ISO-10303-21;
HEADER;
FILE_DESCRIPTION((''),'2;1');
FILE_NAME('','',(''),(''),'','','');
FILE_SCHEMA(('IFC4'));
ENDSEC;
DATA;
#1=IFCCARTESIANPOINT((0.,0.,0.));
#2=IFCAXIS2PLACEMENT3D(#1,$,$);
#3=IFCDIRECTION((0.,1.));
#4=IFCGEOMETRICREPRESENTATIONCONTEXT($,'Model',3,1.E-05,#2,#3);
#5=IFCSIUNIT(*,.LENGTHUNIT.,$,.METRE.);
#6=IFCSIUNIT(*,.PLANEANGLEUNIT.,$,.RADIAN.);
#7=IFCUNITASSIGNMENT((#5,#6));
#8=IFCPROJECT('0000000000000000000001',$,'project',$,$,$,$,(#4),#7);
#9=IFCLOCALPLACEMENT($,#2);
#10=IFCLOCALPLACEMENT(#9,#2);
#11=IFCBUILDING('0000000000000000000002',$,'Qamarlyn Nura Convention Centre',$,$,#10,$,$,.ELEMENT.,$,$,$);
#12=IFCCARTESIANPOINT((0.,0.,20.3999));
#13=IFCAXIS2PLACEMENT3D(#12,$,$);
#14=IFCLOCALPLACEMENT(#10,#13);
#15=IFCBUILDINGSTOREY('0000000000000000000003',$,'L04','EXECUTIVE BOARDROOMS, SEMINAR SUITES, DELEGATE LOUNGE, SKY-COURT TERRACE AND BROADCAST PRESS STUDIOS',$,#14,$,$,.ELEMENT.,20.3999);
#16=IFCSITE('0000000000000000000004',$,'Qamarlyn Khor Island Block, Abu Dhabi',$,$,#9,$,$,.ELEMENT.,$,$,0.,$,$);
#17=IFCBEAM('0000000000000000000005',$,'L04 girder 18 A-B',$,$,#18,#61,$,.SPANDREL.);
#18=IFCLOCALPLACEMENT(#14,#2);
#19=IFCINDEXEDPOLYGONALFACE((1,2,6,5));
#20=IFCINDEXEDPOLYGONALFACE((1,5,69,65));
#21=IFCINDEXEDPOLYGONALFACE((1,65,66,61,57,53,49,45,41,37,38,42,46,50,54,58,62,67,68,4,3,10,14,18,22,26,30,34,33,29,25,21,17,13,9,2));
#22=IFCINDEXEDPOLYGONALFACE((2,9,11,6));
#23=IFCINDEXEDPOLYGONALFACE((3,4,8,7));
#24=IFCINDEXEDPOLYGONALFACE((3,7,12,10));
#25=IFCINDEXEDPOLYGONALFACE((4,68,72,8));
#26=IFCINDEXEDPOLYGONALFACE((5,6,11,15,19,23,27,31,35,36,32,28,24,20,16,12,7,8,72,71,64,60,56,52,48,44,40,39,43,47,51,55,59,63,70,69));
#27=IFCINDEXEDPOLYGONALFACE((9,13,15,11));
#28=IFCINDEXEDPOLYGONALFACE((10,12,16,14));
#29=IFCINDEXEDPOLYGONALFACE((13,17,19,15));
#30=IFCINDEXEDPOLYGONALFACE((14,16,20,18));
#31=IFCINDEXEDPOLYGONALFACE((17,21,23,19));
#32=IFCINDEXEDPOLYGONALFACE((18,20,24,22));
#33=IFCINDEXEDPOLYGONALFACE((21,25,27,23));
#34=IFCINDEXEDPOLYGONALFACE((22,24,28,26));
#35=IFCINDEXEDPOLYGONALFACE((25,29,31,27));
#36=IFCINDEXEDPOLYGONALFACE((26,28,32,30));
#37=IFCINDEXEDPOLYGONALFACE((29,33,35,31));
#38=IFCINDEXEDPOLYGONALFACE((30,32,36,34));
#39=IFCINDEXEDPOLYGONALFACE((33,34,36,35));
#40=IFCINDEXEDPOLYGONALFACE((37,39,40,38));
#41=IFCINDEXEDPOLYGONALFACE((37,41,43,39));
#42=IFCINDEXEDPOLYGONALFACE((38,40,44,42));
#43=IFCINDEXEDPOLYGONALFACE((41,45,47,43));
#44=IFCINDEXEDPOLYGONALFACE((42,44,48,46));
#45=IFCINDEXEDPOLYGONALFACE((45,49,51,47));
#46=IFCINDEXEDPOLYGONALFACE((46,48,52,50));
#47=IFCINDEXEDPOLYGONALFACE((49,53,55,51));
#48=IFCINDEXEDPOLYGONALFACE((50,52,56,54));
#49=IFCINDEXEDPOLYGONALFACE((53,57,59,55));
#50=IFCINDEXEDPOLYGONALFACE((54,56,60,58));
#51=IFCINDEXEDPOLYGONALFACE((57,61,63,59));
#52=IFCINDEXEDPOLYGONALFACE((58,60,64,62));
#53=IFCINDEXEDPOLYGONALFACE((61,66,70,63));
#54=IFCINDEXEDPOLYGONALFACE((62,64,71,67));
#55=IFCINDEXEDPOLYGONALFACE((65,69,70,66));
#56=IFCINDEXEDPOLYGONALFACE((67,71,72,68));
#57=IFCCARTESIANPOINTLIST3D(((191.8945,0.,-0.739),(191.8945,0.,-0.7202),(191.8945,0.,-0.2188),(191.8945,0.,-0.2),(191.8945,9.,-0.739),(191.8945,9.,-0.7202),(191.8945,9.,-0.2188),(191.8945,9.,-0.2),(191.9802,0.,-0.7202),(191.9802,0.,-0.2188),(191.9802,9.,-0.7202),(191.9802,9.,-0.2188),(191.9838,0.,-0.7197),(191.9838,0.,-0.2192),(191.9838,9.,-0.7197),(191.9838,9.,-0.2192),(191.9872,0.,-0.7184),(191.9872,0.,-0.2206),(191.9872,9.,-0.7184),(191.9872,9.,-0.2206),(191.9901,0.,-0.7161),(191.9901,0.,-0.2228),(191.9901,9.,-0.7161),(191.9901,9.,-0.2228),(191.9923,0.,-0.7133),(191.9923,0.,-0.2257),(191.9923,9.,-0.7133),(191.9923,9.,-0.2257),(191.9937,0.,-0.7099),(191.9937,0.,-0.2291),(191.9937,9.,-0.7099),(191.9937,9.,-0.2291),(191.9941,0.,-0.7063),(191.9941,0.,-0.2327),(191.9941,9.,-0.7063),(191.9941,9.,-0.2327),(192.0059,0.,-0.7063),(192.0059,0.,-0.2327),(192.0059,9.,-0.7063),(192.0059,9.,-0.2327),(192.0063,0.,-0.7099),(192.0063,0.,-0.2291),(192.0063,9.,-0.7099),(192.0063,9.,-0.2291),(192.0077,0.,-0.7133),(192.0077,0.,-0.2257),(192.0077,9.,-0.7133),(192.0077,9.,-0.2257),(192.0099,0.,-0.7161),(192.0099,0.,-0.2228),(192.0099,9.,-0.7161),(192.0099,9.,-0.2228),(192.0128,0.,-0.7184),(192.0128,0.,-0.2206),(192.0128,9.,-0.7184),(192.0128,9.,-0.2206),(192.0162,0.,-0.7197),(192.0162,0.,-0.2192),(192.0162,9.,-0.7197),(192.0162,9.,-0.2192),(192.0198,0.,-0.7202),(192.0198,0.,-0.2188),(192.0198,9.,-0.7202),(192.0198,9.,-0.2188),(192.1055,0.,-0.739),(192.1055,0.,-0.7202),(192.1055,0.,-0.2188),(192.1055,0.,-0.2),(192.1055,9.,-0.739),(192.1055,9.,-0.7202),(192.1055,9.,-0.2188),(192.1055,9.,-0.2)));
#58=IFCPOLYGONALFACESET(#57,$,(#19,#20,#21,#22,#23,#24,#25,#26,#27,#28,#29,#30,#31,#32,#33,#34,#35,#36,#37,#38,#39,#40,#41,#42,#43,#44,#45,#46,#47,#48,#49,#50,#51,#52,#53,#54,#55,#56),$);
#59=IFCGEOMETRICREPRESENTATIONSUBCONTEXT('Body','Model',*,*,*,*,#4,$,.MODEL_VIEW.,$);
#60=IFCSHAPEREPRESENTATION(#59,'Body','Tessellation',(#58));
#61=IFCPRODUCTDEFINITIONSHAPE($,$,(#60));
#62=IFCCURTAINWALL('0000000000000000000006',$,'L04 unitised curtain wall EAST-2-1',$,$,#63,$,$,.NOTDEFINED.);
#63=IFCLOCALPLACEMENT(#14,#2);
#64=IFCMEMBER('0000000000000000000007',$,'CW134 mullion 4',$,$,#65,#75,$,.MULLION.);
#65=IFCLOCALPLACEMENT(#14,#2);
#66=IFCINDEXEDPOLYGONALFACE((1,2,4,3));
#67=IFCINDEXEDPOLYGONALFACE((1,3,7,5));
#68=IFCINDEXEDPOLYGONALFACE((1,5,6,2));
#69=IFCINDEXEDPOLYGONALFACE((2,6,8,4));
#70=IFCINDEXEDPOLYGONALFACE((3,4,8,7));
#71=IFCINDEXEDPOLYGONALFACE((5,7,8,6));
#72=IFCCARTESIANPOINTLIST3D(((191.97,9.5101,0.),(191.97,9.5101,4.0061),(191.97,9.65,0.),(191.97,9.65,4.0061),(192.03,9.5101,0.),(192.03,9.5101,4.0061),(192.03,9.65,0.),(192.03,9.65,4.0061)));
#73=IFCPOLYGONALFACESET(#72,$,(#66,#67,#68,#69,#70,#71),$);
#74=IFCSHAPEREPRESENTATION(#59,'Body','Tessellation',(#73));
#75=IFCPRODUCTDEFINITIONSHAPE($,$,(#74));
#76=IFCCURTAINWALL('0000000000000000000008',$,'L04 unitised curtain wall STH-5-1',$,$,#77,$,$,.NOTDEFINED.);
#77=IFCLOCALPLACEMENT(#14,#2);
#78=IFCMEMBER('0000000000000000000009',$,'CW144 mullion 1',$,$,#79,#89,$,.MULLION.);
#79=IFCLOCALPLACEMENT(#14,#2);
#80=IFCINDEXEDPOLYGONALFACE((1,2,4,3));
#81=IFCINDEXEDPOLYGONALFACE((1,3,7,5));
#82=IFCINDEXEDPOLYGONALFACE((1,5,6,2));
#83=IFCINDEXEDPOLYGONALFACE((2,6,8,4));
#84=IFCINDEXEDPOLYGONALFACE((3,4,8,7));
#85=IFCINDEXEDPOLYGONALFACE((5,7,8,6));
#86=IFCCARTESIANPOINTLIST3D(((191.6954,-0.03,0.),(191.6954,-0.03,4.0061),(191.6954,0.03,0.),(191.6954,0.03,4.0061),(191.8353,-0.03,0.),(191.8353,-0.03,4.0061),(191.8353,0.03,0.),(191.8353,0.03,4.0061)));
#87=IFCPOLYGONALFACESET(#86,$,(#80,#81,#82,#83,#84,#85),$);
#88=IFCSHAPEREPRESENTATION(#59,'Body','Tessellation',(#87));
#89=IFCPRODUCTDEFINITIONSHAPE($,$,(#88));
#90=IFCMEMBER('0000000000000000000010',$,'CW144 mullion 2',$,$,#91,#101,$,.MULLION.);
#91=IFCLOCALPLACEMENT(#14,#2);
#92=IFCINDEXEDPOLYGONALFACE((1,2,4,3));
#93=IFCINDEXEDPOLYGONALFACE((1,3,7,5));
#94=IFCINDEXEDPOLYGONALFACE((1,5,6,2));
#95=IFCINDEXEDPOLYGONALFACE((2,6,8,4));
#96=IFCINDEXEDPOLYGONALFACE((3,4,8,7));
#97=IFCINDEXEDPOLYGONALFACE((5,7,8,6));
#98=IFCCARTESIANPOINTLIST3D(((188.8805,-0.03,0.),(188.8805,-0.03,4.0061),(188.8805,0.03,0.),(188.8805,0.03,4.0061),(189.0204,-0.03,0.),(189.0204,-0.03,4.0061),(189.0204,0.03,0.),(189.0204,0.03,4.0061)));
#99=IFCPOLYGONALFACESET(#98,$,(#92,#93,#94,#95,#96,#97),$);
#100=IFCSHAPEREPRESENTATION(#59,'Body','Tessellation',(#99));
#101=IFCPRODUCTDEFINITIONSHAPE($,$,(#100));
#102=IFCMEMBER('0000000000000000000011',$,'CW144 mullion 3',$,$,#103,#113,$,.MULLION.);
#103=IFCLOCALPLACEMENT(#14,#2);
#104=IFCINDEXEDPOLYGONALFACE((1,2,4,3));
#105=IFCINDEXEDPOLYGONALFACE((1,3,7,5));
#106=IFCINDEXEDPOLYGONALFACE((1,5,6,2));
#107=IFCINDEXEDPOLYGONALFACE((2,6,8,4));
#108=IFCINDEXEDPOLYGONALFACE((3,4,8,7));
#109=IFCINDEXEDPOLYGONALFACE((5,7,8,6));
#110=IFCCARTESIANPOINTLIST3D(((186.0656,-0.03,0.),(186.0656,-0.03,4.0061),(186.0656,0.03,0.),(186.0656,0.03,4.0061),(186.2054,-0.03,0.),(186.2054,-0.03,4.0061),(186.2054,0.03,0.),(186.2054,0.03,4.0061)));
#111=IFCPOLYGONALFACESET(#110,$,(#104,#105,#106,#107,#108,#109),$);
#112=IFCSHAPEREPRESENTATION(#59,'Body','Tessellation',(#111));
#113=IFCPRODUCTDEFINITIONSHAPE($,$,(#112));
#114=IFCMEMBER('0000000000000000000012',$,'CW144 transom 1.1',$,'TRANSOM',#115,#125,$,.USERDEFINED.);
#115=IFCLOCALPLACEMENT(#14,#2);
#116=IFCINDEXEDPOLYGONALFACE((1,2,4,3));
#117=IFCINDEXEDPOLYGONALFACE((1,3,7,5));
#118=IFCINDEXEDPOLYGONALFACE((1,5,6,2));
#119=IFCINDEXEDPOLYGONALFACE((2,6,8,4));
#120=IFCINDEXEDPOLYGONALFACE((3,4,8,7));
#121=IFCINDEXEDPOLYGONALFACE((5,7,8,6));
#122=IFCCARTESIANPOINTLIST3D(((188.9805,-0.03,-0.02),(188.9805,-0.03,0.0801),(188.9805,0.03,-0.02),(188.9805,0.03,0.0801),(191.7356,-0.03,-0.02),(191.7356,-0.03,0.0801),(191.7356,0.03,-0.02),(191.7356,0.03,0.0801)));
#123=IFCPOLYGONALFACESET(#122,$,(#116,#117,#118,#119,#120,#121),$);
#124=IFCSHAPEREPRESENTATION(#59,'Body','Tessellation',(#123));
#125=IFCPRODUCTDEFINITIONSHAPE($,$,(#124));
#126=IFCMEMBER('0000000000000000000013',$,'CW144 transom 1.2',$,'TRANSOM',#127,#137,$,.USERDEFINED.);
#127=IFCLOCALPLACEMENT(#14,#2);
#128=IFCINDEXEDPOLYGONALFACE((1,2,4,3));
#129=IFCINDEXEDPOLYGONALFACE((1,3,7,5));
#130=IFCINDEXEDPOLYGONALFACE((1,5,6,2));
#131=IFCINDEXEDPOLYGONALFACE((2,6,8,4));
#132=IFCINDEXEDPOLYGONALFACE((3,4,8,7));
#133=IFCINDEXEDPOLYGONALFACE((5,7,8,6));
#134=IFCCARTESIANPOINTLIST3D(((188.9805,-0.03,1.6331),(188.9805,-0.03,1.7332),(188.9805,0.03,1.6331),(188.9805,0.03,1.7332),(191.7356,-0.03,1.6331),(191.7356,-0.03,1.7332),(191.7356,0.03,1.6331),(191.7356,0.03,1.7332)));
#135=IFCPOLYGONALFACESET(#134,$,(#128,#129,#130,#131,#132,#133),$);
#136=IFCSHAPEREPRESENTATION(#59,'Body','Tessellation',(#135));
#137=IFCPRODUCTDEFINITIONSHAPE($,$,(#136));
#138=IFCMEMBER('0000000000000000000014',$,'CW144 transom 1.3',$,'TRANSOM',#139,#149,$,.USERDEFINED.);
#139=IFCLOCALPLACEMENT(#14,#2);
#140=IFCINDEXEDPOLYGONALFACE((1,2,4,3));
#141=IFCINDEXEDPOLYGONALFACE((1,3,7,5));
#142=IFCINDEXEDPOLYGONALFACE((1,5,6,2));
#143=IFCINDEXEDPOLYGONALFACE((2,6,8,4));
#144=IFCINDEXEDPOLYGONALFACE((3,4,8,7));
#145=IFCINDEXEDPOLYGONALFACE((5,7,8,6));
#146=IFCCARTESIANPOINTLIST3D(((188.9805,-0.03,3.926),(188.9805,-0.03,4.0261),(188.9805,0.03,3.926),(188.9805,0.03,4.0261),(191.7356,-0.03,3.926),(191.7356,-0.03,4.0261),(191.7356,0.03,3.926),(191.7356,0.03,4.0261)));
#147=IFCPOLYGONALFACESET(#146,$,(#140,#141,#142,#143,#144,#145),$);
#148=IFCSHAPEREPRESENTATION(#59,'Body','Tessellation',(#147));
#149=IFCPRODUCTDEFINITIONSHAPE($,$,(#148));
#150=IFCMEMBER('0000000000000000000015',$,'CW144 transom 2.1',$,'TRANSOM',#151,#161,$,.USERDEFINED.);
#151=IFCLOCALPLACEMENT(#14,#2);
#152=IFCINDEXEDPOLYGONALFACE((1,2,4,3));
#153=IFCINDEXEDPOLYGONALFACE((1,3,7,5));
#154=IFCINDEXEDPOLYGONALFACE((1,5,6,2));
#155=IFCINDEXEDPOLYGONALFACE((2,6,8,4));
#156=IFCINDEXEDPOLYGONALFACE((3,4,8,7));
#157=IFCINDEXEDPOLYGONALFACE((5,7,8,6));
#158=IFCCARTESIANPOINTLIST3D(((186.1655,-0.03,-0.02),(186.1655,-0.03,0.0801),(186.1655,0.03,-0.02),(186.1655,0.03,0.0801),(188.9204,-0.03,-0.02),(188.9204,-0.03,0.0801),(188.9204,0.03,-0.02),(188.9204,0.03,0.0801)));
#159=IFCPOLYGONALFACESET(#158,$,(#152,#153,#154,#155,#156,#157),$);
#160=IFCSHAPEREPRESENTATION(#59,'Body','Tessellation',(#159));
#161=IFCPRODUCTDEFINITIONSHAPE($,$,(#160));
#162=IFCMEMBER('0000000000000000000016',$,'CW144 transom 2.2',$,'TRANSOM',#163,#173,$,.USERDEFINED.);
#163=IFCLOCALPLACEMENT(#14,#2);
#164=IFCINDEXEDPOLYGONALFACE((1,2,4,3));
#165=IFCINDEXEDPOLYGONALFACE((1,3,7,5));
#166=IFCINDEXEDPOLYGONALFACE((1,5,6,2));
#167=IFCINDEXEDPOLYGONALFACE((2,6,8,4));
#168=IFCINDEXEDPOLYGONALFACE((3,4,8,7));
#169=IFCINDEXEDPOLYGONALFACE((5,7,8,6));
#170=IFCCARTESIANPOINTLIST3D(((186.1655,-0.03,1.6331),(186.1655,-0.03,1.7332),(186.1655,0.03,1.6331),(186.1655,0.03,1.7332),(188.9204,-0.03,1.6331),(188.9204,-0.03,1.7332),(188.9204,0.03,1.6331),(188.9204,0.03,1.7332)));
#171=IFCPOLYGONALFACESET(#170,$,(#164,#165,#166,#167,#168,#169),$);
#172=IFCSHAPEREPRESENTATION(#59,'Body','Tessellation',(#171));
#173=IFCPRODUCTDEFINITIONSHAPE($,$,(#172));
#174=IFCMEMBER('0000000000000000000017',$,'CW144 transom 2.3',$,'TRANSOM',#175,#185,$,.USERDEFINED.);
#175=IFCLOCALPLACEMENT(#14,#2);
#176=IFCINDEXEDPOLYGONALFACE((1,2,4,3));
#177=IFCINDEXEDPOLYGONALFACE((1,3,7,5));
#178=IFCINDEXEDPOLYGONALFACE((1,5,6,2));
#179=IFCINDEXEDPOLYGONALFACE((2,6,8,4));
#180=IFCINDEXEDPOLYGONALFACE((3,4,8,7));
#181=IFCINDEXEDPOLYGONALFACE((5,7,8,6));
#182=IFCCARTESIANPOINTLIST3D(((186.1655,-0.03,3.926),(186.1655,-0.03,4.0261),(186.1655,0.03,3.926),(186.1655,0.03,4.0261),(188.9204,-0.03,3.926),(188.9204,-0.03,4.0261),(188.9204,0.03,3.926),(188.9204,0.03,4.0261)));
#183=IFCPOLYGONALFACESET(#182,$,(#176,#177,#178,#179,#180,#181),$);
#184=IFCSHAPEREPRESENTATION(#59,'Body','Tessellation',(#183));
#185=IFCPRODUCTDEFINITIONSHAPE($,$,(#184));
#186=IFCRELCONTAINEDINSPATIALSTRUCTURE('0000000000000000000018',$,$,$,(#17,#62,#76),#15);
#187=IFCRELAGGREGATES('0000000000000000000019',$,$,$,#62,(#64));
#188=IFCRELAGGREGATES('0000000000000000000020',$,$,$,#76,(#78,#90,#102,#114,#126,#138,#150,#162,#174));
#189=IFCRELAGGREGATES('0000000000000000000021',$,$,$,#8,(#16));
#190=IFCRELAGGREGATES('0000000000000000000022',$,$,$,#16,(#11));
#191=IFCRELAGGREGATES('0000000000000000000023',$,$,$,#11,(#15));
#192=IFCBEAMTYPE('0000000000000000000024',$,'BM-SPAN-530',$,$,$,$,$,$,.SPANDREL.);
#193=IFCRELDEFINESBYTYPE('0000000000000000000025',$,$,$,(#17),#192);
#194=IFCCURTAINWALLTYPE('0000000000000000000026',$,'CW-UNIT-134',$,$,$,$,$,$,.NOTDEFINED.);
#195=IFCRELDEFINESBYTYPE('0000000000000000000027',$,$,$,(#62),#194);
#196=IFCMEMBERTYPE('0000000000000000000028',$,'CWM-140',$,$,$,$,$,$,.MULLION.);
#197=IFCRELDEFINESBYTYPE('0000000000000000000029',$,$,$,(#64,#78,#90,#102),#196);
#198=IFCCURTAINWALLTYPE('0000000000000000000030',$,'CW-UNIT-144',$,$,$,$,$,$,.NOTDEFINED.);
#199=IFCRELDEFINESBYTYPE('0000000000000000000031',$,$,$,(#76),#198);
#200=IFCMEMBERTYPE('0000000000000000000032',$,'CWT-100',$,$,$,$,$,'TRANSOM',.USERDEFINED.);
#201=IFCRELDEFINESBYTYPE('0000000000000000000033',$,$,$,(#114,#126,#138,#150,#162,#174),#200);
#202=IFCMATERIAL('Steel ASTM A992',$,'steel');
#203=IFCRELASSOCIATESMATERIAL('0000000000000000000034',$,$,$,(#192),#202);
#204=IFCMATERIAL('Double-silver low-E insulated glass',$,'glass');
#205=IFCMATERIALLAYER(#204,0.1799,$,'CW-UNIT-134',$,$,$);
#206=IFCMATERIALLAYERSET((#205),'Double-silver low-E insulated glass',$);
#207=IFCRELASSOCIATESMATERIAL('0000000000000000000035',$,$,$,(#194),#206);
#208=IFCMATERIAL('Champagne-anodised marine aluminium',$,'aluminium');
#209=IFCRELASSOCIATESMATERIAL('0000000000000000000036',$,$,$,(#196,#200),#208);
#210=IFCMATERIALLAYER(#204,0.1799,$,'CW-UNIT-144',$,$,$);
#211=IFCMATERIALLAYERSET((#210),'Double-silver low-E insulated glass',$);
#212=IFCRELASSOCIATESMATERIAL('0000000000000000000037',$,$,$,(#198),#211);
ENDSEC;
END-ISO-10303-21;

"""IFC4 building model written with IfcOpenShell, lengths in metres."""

from ifc_helpers import new_model, si_unit, direction, frame, origin, origin_2d, place, context, subcontext, project, spatial, rectangle, i_section, extrude, material, layer, layer_set, material_profile, profile_set, type_object, element, aggregate, save


model = new_model("IFC4")

# Units and contexts
model_context = context("Model", 3, precision=1e-05, world=origin(), true_north=direction((0.0, 1.0)))
body_context = subcontext(model_context, "Body", "Model", "MODEL_VIEW")
ifc_project = project(units=[si_unit("LENGTHUNIT", "METRE"), si_unit("PLANEANGLEUNIT", "RADIAN")], contexts=[model_context])

# Site, building, storey
site_placement = place(None, origin())
site = spatial("IfcSite", under=ifc_project, at=site_placement, Name="Qamarlyn Khor Island Block, Abu Dhabi", CompositionType="ELEMENT", RefElevation=0.0)
building_placement = place(site_placement, origin())
building = spatial("IfcBuilding", under=site, at=building_placement, Name="Qamarlyn Nura Convention Centre", CompositionType="ELEMENT")
storey_placement = place(building_placement, frame((0.0, 0.0, 20.3999)))
storey = spatial("IfcBuildingStorey", under=building, at=storey_placement, Name="L04", Description="EXECUTIVE BOARDROOMS, SEMINAR SUITES, DELEGATE LOUNGE, SKY-COURT TERRACE AND BROADCAST PRESS STUDIOS", CompositionType="ELEMENT", Elevation=20.3999)

# Shared definitions
ifc_material_1 = material(Name="Steel ASTM A992", Category="steel")

# Beam
ifc_material_profile_1 = material_profile(ifc_material_1, i_section(OverallWidth=0.2109, OverallDepth=0.5391, WebThickness=0.0117, FlangeThickness=0.0188, FilletRadius=0.0139, at=origin_2d()), Name="W530X109")
ifc_profile_set_1 = profile_set([ifc_material_profile_1], Name="Steel ASTM A992")
beam_type_1 = type_object("IfcBeamType", Name="BM-SPAN-530", PredefinedType="SPANDREL", material=ifc_profile_set_1)
beam_1_placement = place(storey_placement, frame((192.0, 0.0, -0.4695), z_axis=(0.0, 1.0, 0.0), x_axis=(-1.0, 0.0, 0.0)))
element("IfcBeam", 1, at=beam_1_placement, inside=storey, type_object=beam_type_1, Name="L04 girder 18 A-B", PredefinedType="SPANDREL", context=body_context, shape_type="SweptSolid", body=[
    extrude(i_section(OverallWidth=0.2109, OverallDepth=0.5391, WebThickness=0.0117, FlangeThickness=0.0188, FilletRadius=0.0139, at=origin_2d()), origin(), (0.0, 0.0, 1.0), 9.0),
])

# Curtain wall, member
ifc_material_2 = material(Name="Double-silver low-E insulated glass", Category="glass")
ifc_layer_1 = layer(ifc_material_2, 0.1799, Name="CW-UNIT-134")
ifc_layer_set_1 = layer_set([ifc_layer_1], Name="Double-silver low-E insulated glass")
curtain_wall_type_1 = type_object("IfcCurtainWallType", Name="CW-UNIT-134", PredefinedType="NOTDEFINED", material=ifc_layer_set_1)
curtain_wall_1_placement = place(storey_placement, origin())
curtain_wall_1 = element("IfcCurtainWall", 2, at=curtain_wall_1_placement, inside=storey, type_object=curtain_wall_type_1, Name="L04 unitised curtain wall EAST-2-1", PredefinedType="NOTDEFINED")
ifc_material_3 = material(Name="Champagne-anodised marine aluminium", Category="aluminium")
ifc_material_profile_2 = material_profile(ifc_material_3, rectangle(XDim=0.0601, YDim=0.1399, at=origin_2d()), Name="ALU MULLION 60x140")
ifc_profile_set_2 = profile_set([ifc_material_profile_2], Name="Champagne-anodised marine aluminium")
member_type_1 = type_object("IfcMemberType", Name="CWM-140", PredefinedType="MULLION", material=ifc_profile_set_2)
member_1_placement = place(storey_placement, frame((192.0, 9.5801, 0.0), z_axis=(0.0, 0.0, 1.0), x_axis=(1.0, 0.0, 0.0)))
member_1 = element("IfcMember", 3, at=member_1_placement, type_object=member_type_1, Name="CW134 mullion 4", PredefinedType="MULLION", context=body_context, shape_type="SweptSolid", body=[
    extrude(rectangle(XDim=0.0601, YDim=0.1399, at=origin_2d()), origin(), (0.0, 0.0, 1.0), 4.0061),
])

# Curtain wall, members
ifc_layer_2 = layer(ifc_material_2, 0.1799, Name="CW-UNIT-144")
ifc_layer_set_2 = layer_set([ifc_layer_2], Name="Double-silver low-E insulated glass")
curtain_wall_type_2 = type_object("IfcCurtainWallType", Name="CW-UNIT-144", PredefinedType="NOTDEFINED", material=ifc_layer_set_2)
curtain_wall_2_placement = place(storey_placement, origin())
curtain_wall_2 = element("IfcCurtainWall", 4, at=curtain_wall_2_placement, inside=storey, type_object=curtain_wall_type_2, Name="L04 unitised curtain wall STH-5-1", PredefinedType="NOTDEFINED")
member_2_placement = place(storey_placement, frame((191.7654, 0.0, 0.0), z_axis=(0.0, 0.0, 1.0), x_axis=(0.0, -1.0, 0.0)))
member_2 = element("IfcMember", 5, at=member_2_placement, type_object=member_type_1, Name="CW144 mullion 1", PredefinedType="MULLION", context=body_context, shape_type="SweptSolid", body=[
    extrude(rectangle(XDim=0.0601, YDim=0.1399, at=origin_2d()), origin(), (0.0, 0.0, 1.0), 4.0061),
])
member_3_placement = place(storey_placement, frame((188.9504, 0.0, 0.0), z_axis=(0.0, 0.0, 1.0), x_axis=(0.0, -1.0, 0.0)))
member_3 = element("IfcMember", 6, at=member_3_placement, type_object=member_type_1, Name="CW144 mullion 2", PredefinedType="MULLION", context=body_context, shape_type="SweptSolid", body=[
    extrude(rectangle(XDim=0.0601, YDim=0.1399, at=origin_2d()), origin(), (0.0, 0.0, 1.0), 4.0061),
])
member_4_placement = place(storey_placement, frame((186.1355, 0.0, 0.0), z_axis=(0.0, 0.0, 1.0), x_axis=(0.0, -1.0, 0.0)))
member_4 = element("IfcMember", 7, at=member_4_placement, type_object=member_type_1, Name="CW144 mullion 3", PredefinedType="MULLION", context=body_context, shape_type="SweptSolid", body=[
    extrude(rectangle(XDim=0.0601, YDim=0.1399, at=origin_2d()), origin(), (0.0, 0.0, 1.0), 4.0061),
])
ifc_material_profile_3 = material_profile(ifc_material_3, rectangle(XDim=0.0601, YDim=0.1001, at=origin_2d()), Name="ALU TRANSOM 60x100")
ifc_profile_set_3 = profile_set([ifc_material_profile_3], Name="Champagne-anodised marine aluminium")
member_type_2 = type_object("IfcMemberType", Name="CWT-100", ElementType="TRANSOM", PredefinedType="USERDEFINED", material=ifc_profile_set_3)
member_5_placement = place(storey_placement, frame((191.7356, 0.0, 0.03), z_axis=(-1.0, 0.0, 0.0), x_axis=(0.0, -1.0, 0.0)))
member_5 = element("IfcMember", 8, at=member_5_placement, type_object=member_type_2, Name="CW144 transom 1.1", ObjectType="TRANSOM", PredefinedType="USERDEFINED", context=body_context, shape_type="SweptSolid", body=[
    extrude(rectangle(XDim=0.0601, YDim=0.1001, at=origin_2d()), origin(), (0.0, 0.0, 1.0), 2.7551),
])
member_6_placement = place(storey_placement, frame((191.7356, 0.0, 1.6831), z_axis=(-1.0, 0.0, 0.0), x_axis=(0.0, -1.0, 0.0)))
member_6 = element("IfcMember", 9, at=member_6_placement, type_object=member_type_2, Name="CW144 transom 1.2", ObjectType="TRANSOM", PredefinedType="USERDEFINED", context=body_context, shape_type="SweptSolid", body=[
    extrude(rectangle(XDim=0.0601, YDim=0.1001, at=origin_2d()), origin(), (0.0, 0.0, 1.0), 2.7551),
])
member_7_placement = place(storey_placement, frame((191.7356, 0.0, 3.9761), z_axis=(-1.0, 0.0, 0.0), x_axis=(0.0, -1.0, 0.0)))
member_7 = element("IfcMember", 10, at=member_7_placement, type_object=member_type_2, Name="CW144 transom 1.3", ObjectType="TRANSOM", PredefinedType="USERDEFINED", context=body_context, shape_type="SweptSolid", body=[
    extrude(rectangle(XDim=0.0601, YDim=0.1001, at=origin_2d()), origin(), (0.0, 0.0, 1.0), 2.7551),
])
member_8_placement = place(storey_placement, frame((188.9204, 0.0, 0.03), z_axis=(-1.0, 0.0, 0.0), x_axis=(0.0, -1.0, 0.0)))
member_8 = element("IfcMember", 11, at=member_8_placement, type_object=member_type_2, Name="CW144 transom 2.1", ObjectType="TRANSOM", PredefinedType="USERDEFINED", context=body_context, shape_type="SweptSolid", body=[
    extrude(rectangle(XDim=0.0601, YDim=0.1001, at=origin_2d()), origin(), (0.0, 0.0, 1.0), 2.7549),
])
member_9_placement = place(storey_placement, frame((188.9204, 0.0, 1.6831), z_axis=(-1.0, 0.0, 0.0), x_axis=(0.0, -1.0, 0.0)))
member_9 = element("IfcMember", 12, at=member_9_placement, type_object=member_type_2, Name="CW144 transom 2.2", ObjectType="TRANSOM", PredefinedType="USERDEFINED", context=body_context, shape_type="SweptSolid", body=[
    extrude(rectangle(XDim=0.0601, YDim=0.1001, at=origin_2d()), origin(), (0.0, 0.0, 1.0), 2.7549),
])
member_10_placement = place(storey_placement, frame((188.9204, 0.0, 3.9761), z_axis=(-1.0, 0.0, 0.0), x_axis=(0.0, -1.0, 0.0)))
member_10 = element("IfcMember", 13, at=member_10_placement, type_object=member_type_2, Name="CW144 transom 2.3", ObjectType="TRANSOM", PredefinedType="USERDEFINED", context=body_context, shape_type="SweptSolid", body=[
    extrude(rectangle(XDim=0.0601, YDim=0.1001, at=origin_2d()), origin(), (0.0, 0.0, 1.0), 2.7549),
])

aggregate(curtain_wall_1, [member_1])
aggregate(curtain_wall_2, [member_2, member_3, member_4, member_5, member_6, member_7, member_8, member_9, member_10])

save(model, "model.ifc")
